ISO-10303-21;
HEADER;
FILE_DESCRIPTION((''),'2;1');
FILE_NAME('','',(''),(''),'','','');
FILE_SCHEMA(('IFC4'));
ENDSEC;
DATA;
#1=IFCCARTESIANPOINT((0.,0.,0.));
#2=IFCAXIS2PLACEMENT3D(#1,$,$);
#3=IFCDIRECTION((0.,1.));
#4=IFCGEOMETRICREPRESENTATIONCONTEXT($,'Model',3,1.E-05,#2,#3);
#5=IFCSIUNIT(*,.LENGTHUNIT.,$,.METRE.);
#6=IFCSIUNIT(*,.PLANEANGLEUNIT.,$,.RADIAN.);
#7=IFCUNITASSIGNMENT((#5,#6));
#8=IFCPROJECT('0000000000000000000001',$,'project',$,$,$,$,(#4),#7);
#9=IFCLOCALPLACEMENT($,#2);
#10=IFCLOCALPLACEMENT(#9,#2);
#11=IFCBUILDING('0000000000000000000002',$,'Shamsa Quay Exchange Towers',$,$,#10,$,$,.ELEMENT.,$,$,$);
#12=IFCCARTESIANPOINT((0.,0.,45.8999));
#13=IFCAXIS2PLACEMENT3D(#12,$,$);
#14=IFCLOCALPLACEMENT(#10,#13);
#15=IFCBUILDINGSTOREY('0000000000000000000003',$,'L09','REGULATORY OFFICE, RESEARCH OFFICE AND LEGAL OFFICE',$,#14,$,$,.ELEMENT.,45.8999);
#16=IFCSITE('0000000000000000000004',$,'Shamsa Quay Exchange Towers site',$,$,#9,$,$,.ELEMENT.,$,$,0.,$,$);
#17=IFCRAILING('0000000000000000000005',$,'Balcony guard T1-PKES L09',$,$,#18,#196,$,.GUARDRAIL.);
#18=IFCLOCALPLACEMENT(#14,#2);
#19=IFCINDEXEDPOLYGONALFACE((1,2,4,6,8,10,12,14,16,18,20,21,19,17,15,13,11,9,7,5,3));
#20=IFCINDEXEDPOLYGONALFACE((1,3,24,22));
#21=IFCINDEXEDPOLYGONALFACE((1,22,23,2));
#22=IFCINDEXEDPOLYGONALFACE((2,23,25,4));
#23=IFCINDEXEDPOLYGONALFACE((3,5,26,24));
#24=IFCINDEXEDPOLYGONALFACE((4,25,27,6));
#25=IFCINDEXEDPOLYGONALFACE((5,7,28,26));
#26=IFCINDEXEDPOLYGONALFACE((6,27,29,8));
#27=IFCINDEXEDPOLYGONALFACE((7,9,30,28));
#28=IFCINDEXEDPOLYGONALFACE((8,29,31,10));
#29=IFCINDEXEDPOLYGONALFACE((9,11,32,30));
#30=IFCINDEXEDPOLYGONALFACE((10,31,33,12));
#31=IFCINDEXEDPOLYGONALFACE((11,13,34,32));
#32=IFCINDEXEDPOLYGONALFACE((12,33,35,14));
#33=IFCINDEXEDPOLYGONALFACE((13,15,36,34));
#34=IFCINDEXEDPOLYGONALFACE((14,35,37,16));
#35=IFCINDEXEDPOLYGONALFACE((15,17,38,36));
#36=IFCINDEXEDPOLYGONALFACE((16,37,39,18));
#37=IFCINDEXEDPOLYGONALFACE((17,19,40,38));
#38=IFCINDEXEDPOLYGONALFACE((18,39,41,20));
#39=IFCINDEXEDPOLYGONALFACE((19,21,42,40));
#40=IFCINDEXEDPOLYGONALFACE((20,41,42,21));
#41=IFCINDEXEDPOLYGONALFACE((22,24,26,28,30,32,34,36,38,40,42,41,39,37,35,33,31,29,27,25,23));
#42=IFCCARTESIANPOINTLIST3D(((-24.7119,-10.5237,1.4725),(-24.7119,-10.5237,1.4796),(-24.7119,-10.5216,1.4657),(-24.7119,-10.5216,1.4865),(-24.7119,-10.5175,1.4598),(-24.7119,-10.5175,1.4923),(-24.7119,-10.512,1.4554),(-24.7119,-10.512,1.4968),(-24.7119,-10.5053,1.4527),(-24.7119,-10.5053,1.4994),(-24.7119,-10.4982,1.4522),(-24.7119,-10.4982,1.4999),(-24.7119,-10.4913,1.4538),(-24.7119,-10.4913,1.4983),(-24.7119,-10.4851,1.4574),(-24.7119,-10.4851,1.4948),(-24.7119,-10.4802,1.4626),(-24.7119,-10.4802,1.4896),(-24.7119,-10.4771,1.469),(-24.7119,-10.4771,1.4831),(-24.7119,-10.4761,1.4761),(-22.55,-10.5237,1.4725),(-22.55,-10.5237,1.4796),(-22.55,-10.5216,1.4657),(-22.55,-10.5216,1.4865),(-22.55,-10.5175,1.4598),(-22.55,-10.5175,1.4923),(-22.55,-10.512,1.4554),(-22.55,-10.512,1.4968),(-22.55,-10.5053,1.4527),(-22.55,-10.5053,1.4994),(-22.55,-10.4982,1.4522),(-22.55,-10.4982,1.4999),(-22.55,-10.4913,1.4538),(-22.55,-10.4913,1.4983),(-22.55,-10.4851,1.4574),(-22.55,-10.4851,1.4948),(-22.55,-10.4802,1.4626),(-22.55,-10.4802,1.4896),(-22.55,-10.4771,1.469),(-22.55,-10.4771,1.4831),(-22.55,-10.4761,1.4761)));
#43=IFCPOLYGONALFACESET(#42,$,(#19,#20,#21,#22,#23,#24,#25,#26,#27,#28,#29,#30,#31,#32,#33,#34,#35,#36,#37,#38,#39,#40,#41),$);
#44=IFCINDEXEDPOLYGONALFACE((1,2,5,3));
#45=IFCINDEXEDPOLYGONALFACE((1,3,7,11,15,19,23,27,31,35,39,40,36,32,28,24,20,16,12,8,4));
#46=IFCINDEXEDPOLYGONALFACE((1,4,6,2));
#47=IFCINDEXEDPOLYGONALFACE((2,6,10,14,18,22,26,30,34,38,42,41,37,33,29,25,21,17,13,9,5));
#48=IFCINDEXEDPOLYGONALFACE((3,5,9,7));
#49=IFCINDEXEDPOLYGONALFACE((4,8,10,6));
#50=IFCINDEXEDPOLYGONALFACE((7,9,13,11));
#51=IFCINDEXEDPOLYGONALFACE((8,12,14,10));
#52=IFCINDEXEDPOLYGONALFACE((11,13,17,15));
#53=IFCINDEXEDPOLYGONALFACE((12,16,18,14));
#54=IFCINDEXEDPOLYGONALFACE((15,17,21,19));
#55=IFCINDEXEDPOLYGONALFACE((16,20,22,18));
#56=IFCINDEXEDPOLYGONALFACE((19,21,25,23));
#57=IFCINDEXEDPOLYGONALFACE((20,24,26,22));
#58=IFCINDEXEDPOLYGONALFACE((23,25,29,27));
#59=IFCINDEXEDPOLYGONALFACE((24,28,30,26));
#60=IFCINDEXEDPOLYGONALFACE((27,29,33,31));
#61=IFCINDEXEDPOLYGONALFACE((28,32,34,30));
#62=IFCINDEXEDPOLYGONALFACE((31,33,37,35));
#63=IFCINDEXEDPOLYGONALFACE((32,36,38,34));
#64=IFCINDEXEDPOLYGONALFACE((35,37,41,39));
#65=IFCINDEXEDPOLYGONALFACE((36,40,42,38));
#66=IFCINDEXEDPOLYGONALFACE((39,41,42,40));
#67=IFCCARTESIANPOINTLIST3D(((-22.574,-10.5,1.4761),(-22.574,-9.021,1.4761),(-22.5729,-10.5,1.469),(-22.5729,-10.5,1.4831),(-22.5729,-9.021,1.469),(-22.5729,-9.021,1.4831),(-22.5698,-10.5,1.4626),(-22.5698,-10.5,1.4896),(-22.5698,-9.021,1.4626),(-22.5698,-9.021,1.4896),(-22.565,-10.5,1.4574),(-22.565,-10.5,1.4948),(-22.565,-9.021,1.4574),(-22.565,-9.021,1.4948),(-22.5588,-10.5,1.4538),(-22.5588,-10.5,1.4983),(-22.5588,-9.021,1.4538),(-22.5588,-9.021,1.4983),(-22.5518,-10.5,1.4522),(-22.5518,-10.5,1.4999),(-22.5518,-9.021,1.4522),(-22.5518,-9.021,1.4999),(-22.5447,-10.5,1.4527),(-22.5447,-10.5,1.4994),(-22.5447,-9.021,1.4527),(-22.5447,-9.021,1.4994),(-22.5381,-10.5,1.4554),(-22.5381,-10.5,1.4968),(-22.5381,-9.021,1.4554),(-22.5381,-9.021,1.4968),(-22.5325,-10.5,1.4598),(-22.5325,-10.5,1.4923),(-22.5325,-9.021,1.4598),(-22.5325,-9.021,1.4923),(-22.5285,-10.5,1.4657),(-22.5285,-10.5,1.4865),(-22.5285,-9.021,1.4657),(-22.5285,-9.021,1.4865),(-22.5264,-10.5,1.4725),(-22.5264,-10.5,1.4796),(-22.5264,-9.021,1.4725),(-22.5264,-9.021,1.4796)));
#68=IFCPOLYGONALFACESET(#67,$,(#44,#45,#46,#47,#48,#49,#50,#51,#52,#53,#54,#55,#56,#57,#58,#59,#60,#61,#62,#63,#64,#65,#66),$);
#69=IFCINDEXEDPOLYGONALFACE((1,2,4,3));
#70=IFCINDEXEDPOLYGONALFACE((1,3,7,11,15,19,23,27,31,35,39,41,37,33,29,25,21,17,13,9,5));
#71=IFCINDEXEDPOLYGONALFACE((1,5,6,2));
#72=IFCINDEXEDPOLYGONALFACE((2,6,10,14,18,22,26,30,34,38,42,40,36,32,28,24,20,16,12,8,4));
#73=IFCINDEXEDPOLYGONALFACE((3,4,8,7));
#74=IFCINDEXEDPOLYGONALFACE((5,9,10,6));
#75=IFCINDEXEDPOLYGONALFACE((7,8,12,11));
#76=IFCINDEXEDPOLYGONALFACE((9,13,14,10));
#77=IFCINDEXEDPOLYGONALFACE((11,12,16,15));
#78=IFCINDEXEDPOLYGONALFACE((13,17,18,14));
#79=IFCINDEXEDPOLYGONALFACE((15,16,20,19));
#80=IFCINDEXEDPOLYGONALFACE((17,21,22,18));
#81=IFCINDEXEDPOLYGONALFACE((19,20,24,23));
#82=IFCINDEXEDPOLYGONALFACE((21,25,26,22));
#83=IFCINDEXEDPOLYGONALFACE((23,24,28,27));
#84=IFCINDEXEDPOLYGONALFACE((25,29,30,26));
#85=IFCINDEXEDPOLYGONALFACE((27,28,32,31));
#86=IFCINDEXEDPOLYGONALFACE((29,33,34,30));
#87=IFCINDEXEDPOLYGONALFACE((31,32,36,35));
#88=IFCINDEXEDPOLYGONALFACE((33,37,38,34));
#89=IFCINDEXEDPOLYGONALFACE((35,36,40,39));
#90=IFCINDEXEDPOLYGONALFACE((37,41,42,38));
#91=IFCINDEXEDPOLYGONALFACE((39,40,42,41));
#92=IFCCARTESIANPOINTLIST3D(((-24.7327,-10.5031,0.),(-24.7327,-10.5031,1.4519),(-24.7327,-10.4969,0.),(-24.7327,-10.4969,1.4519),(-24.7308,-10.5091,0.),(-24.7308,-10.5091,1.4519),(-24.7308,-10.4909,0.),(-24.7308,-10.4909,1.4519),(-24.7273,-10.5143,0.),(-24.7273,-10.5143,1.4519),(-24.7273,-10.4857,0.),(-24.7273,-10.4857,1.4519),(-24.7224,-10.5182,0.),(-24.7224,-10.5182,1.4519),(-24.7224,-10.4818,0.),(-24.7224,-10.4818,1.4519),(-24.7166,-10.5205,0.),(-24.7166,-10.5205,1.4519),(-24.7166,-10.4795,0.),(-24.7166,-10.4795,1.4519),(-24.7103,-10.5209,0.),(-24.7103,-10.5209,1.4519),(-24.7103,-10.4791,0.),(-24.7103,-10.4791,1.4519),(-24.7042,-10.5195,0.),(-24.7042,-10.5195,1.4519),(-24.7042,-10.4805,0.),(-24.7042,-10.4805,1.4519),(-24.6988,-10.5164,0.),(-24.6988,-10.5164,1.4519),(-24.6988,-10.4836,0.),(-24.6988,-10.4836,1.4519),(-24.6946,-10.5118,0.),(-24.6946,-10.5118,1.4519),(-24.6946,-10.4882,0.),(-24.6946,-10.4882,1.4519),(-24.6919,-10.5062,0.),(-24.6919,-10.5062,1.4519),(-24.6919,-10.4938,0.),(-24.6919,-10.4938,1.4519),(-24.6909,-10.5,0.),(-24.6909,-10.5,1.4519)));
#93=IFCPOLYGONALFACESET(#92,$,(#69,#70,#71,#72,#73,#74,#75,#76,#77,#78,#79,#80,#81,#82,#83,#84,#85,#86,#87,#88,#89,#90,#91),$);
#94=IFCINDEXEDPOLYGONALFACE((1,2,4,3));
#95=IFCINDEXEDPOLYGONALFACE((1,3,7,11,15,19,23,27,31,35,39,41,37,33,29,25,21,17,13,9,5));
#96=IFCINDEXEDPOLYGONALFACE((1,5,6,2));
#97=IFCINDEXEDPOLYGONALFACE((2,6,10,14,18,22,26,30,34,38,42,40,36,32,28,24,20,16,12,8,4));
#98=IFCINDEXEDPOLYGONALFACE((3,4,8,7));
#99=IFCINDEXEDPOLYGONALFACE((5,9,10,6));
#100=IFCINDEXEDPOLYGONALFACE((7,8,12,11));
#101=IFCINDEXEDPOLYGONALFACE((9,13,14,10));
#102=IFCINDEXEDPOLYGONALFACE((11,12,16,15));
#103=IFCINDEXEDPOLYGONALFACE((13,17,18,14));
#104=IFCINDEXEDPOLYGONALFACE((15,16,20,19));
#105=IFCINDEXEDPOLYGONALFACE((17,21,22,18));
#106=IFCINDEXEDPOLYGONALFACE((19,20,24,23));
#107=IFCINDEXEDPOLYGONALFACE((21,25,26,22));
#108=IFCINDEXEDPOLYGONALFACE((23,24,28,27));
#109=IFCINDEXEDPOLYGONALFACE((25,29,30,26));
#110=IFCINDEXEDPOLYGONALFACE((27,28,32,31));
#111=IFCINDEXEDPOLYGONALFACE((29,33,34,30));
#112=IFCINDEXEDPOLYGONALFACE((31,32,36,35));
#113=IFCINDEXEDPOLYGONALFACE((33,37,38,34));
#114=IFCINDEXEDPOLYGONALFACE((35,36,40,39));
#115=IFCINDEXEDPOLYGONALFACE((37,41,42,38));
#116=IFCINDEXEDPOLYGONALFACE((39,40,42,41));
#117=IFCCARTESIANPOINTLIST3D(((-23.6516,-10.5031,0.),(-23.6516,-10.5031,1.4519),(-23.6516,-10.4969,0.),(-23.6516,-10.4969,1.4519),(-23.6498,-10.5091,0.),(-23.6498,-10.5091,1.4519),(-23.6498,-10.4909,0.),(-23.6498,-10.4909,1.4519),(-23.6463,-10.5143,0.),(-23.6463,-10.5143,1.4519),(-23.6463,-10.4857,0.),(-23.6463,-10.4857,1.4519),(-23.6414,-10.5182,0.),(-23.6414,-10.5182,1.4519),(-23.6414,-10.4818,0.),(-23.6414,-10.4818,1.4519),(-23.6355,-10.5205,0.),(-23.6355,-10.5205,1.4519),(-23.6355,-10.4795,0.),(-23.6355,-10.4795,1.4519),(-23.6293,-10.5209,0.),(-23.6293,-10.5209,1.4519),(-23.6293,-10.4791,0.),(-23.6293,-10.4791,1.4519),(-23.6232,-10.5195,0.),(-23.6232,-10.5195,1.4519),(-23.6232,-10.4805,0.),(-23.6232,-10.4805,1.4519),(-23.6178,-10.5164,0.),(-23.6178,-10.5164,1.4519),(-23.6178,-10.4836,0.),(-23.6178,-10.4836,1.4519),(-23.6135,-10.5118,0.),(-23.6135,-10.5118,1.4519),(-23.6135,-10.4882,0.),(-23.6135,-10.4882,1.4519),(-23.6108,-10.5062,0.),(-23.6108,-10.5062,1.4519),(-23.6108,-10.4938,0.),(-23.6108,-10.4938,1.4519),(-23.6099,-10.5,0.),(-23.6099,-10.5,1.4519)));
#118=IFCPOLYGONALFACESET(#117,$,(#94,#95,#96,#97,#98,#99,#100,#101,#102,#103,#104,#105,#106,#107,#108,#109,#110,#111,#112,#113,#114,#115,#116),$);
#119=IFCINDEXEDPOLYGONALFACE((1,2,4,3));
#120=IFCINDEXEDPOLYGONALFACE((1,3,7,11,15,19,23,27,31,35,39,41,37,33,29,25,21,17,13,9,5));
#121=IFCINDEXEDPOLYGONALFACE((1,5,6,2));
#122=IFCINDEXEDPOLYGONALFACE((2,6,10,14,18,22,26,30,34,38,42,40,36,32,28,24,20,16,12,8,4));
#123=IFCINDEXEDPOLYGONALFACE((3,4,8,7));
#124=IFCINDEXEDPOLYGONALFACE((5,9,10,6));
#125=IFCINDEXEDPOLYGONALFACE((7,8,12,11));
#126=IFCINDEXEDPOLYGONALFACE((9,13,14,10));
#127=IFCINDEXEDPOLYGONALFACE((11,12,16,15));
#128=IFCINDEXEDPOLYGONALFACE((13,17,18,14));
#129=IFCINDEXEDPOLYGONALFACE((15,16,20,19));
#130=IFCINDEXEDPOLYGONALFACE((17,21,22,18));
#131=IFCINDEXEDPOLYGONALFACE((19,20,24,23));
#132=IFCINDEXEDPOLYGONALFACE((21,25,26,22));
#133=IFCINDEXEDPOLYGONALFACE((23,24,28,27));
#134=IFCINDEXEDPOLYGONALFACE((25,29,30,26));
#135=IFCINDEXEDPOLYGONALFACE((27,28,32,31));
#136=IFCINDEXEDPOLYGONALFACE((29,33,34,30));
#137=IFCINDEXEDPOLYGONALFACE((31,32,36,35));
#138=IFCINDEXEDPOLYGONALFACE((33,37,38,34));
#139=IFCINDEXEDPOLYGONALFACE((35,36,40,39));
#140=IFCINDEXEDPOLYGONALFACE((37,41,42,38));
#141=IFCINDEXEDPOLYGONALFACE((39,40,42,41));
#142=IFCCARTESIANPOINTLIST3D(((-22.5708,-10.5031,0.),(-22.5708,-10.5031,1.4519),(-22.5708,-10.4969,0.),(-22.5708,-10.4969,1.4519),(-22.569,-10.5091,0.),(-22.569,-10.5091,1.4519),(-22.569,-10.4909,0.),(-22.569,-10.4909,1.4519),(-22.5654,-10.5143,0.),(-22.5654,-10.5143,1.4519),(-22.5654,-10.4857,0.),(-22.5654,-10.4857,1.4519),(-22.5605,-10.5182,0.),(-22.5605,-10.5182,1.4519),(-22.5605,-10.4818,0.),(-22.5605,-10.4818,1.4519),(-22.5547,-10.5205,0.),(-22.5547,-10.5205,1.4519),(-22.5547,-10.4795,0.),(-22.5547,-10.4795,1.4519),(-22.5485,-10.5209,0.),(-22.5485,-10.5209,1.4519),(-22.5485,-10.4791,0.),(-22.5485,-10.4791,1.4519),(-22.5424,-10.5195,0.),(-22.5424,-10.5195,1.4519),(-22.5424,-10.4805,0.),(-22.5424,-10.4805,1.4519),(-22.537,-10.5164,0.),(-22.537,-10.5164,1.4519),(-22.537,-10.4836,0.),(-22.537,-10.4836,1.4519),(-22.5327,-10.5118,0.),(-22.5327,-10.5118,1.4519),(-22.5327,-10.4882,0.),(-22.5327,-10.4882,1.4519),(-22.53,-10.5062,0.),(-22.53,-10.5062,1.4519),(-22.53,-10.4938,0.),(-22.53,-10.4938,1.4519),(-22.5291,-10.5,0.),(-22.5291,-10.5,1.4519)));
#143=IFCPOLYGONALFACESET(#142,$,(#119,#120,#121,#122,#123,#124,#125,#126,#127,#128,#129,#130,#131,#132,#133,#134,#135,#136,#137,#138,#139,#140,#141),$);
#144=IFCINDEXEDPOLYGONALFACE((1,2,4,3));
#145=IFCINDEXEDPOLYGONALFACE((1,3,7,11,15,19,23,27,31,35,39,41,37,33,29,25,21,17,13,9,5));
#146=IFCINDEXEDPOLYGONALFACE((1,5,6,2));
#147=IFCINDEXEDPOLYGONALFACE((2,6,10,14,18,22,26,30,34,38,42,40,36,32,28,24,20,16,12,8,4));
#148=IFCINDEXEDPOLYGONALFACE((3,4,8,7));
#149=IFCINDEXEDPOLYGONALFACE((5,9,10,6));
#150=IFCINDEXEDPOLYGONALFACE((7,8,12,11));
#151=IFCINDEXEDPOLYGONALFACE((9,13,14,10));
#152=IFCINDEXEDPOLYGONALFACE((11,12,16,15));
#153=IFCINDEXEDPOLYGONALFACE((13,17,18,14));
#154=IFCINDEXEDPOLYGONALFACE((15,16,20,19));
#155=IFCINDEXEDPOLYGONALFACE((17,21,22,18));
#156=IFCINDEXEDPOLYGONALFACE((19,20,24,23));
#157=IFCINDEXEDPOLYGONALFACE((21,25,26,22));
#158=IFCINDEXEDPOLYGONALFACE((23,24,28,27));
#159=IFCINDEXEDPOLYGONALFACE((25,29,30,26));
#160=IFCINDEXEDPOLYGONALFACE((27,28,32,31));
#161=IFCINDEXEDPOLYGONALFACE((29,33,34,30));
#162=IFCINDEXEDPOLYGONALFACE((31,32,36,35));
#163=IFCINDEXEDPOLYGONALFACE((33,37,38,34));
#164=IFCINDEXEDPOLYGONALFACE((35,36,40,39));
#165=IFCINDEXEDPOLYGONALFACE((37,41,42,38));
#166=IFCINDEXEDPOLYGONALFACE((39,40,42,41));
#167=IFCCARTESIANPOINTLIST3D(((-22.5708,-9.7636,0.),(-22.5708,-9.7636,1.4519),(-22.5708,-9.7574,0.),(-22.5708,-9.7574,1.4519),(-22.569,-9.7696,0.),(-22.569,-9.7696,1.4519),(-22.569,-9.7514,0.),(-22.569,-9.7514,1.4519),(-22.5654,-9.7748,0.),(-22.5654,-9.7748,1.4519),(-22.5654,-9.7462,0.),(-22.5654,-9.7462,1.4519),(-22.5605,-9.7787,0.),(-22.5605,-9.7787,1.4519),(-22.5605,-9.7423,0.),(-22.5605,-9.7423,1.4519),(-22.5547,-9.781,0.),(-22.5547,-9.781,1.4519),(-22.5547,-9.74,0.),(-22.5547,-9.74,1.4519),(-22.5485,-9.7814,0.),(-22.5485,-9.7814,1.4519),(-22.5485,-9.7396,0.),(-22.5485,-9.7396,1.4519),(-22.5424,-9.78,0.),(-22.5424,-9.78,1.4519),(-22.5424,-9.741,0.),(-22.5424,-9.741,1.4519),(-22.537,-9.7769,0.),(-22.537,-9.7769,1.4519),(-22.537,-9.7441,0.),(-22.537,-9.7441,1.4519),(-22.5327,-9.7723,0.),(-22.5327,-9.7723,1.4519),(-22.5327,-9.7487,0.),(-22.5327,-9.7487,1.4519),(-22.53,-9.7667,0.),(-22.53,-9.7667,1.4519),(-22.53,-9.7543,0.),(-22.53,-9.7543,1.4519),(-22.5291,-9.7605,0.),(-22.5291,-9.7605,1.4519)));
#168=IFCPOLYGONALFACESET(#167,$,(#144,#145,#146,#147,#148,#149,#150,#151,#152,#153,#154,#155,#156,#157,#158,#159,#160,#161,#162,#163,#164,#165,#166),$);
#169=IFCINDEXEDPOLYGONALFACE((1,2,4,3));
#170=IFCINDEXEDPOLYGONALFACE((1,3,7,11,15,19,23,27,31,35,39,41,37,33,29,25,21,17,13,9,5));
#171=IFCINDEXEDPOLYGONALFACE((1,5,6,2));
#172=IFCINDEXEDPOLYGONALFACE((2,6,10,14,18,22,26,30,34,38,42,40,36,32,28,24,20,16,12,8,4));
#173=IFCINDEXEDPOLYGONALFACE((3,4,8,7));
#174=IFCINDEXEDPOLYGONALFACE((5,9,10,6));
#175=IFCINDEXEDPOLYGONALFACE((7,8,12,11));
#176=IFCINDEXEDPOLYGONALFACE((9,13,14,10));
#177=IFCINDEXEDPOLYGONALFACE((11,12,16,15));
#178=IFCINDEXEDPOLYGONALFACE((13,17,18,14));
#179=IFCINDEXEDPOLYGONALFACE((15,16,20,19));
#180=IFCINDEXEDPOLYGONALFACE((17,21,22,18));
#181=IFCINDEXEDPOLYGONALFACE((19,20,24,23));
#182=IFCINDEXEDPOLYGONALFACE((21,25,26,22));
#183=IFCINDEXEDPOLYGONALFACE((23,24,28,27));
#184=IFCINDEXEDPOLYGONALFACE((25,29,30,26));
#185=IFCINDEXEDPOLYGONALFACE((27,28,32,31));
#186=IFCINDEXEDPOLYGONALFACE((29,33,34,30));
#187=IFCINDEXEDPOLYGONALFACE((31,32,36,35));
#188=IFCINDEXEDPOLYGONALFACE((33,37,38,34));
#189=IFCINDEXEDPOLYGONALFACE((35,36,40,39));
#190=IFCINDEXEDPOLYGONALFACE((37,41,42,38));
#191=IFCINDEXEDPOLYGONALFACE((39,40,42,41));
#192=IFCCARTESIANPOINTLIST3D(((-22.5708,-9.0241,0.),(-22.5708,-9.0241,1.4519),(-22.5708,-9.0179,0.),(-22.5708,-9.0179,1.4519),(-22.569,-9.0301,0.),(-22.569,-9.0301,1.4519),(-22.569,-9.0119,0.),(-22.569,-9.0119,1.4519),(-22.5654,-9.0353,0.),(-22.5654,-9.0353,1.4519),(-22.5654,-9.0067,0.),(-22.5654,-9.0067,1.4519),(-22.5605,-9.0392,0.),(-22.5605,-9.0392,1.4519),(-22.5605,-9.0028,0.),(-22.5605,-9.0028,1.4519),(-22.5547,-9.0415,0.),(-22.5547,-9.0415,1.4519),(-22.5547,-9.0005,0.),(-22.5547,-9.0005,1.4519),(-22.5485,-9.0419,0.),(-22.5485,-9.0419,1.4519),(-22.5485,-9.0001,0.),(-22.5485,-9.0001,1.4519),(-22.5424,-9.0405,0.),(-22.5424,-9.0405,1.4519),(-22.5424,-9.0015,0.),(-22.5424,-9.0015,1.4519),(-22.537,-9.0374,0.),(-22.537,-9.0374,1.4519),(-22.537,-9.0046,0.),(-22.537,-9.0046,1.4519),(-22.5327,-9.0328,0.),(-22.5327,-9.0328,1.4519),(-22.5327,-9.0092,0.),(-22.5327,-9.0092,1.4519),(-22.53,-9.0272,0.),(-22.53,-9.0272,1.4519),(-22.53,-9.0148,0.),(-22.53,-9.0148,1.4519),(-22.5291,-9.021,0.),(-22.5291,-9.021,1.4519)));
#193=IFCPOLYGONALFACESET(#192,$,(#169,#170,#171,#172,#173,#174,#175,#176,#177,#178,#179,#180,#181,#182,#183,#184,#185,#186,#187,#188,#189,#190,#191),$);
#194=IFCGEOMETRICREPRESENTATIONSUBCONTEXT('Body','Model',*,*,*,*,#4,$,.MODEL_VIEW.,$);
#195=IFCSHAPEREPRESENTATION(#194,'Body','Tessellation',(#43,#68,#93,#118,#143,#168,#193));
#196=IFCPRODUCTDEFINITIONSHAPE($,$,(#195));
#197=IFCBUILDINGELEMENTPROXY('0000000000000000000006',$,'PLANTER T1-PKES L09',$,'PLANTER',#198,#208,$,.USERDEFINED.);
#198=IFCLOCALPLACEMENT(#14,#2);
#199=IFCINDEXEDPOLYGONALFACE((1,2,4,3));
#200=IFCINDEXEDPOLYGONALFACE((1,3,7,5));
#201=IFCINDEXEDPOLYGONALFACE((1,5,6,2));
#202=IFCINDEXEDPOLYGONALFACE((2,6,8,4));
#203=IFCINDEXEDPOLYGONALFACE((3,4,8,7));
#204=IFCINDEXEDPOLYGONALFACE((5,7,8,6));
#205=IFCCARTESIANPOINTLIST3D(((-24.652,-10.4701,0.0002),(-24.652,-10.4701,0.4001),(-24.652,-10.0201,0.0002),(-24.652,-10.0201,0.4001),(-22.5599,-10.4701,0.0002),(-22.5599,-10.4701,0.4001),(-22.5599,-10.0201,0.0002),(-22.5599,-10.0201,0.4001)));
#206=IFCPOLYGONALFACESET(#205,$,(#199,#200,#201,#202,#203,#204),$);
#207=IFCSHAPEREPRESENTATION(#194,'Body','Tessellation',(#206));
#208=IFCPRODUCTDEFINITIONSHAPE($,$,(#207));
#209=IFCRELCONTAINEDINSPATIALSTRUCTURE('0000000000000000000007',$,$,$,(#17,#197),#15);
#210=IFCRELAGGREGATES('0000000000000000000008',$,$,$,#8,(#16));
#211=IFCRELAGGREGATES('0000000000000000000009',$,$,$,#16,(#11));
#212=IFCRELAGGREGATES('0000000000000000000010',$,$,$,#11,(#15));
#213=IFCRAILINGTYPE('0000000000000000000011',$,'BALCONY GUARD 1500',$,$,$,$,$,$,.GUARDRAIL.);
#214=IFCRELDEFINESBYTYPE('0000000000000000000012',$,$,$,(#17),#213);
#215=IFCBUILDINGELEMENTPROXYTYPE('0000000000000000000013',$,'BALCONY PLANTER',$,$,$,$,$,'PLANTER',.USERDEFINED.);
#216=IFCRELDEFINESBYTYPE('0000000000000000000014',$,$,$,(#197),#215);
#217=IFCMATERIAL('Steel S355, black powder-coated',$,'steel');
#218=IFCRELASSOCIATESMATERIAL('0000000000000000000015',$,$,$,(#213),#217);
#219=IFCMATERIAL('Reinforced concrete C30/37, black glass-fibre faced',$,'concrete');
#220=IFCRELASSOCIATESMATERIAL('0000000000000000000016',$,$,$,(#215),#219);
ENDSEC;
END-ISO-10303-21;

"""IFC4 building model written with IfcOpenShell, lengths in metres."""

from ifc_helpers import new_model, si_unit, direction, frame, origin, origin_2d, place, context, subcontext, project, spatial, rectangle, circle, extrude, material, type_object, element, save


model = new_model("IFC4")

# Units and contexts
model_context = context("Model", 3, precision=1e-05, world=origin(), true_north=direction((0.0, 1.0)))
body_context = subcontext(model_context, "Body", "Model", "MODEL_VIEW")
ifc_project = project(units=[si_unit("LENGTHUNIT", "METRE"), si_unit("PLANEANGLEUNIT", "RADIAN")], contexts=[model_context])

# Site, building, storey
site_placement = place(None, origin())
site = spatial("IfcSite", under=ifc_project, at=site_placement, Name="Shamsa Quay Exchange Towers site", CompositionType="ELEMENT", RefElevation=0.0)
building_placement = place(site_placement, origin())
building = spatial("IfcBuilding", under=site, at=building_placement, Name="Shamsa Quay Exchange Towers", CompositionType="ELEMENT")
storey_placement = place(building_placement, frame((0.0, 0.0, 45.8999)))
storey = spatial("IfcBuildingStorey", under=building, at=storey_placement, Name="L09", Description="REGULATORY OFFICE, RESEARCH OFFICE AND LEGAL OFFICE", CompositionType="ELEMENT", Elevation=45.8999)

# Railing
ifc_material_1 = material(Name="Steel S355, black powder-coated", Category="steel")
railing_type = type_object("IfcRailingType", Name="BALCONY GUARD 1500", PredefinedType="GUARDRAIL", material=ifc_material_1)
railing_placement = place(storey_placement, frame((-24.7119, -10.5, 0.0)))
element("IfcRailing", 1, at=railing_placement, inside=storey, type_object=railing_type, Name="Balcony guard T1-PKES L09", PredefinedType="GUARDRAIL", context=body_context, shape_type="SweptSolid", body=[
    extrude(circle(Radius=0.0239, at=origin_2d()), frame((0.0, 0.0, 1.4761), z_axis=(1.0, 0.0, 0.0), x_axis=(0.0, 1.0, 0.0)), (0.0, 0.0, 1.0), 2.1619),
    extrude(circle(Radius=0.0239, at=origin_2d()), frame((2.1619, 0.0, 1.4761), z_axis=(0.0, 1.0, 0.0), x_axis=(-1.0, 0.0, 0.0)), (0.0, 0.0, 1.0), 1.479),
    extrude(circle(Radius=0.021, at=origin_2d()), origin(), (0.0, 0.0, 1.0), 1.4519),
    extrude(circle(Radius=0.021, at=origin_2d()), frame((1.0811, 0.0, 0.0)), (0.0, 0.0, 1.0), 1.4519),
    extrude(circle(Radius=0.021, at=origin_2d()), frame((2.1619, 0.0, 0.0)), (0.0, 0.0, 1.0), 1.4519),
    extrude(circle(Radius=0.021, at=origin_2d()), frame((2.1619, 0.7395, 0.0)), (0.0, 0.0, 1.0), 1.4519),
    extrude(circle(Radius=0.021, at=origin_2d()), frame((2.1619, 1.479, 0.0)), (0.0, 0.0, 1.0), 1.4519),
])

# Building element proxy
ifc_material_2 = material(Name="Reinforced concrete C30/37, black glass-fibre faced", Category="concrete")
building_element_proxy_type = type_object("IfcBuildingElementProxyType", Name="BALCONY PLANTER", ElementType="PLANTER", PredefinedType="USERDEFINED", material=ifc_material_2)
proxy_placement = place(storey_placement, frame((-23.606, -10.2451, 0.0002)))
element("IfcBuildingElementProxy", 2, at=proxy_placement, inside=storey, type_object=building_element_proxy_type, Name="PLANTER T1-PKES L09", ObjectType="PLANTER", PredefinedType="USERDEFINED", context=body_context, shape_type="SweptSolid", body=[
    extrude(rectangle(XDim=2.092, YDim=0.45, at=origin_2d()), origin(), (0.0, 0.0, 1.0), 0.3999),
])

save(model, "model.ifc")
